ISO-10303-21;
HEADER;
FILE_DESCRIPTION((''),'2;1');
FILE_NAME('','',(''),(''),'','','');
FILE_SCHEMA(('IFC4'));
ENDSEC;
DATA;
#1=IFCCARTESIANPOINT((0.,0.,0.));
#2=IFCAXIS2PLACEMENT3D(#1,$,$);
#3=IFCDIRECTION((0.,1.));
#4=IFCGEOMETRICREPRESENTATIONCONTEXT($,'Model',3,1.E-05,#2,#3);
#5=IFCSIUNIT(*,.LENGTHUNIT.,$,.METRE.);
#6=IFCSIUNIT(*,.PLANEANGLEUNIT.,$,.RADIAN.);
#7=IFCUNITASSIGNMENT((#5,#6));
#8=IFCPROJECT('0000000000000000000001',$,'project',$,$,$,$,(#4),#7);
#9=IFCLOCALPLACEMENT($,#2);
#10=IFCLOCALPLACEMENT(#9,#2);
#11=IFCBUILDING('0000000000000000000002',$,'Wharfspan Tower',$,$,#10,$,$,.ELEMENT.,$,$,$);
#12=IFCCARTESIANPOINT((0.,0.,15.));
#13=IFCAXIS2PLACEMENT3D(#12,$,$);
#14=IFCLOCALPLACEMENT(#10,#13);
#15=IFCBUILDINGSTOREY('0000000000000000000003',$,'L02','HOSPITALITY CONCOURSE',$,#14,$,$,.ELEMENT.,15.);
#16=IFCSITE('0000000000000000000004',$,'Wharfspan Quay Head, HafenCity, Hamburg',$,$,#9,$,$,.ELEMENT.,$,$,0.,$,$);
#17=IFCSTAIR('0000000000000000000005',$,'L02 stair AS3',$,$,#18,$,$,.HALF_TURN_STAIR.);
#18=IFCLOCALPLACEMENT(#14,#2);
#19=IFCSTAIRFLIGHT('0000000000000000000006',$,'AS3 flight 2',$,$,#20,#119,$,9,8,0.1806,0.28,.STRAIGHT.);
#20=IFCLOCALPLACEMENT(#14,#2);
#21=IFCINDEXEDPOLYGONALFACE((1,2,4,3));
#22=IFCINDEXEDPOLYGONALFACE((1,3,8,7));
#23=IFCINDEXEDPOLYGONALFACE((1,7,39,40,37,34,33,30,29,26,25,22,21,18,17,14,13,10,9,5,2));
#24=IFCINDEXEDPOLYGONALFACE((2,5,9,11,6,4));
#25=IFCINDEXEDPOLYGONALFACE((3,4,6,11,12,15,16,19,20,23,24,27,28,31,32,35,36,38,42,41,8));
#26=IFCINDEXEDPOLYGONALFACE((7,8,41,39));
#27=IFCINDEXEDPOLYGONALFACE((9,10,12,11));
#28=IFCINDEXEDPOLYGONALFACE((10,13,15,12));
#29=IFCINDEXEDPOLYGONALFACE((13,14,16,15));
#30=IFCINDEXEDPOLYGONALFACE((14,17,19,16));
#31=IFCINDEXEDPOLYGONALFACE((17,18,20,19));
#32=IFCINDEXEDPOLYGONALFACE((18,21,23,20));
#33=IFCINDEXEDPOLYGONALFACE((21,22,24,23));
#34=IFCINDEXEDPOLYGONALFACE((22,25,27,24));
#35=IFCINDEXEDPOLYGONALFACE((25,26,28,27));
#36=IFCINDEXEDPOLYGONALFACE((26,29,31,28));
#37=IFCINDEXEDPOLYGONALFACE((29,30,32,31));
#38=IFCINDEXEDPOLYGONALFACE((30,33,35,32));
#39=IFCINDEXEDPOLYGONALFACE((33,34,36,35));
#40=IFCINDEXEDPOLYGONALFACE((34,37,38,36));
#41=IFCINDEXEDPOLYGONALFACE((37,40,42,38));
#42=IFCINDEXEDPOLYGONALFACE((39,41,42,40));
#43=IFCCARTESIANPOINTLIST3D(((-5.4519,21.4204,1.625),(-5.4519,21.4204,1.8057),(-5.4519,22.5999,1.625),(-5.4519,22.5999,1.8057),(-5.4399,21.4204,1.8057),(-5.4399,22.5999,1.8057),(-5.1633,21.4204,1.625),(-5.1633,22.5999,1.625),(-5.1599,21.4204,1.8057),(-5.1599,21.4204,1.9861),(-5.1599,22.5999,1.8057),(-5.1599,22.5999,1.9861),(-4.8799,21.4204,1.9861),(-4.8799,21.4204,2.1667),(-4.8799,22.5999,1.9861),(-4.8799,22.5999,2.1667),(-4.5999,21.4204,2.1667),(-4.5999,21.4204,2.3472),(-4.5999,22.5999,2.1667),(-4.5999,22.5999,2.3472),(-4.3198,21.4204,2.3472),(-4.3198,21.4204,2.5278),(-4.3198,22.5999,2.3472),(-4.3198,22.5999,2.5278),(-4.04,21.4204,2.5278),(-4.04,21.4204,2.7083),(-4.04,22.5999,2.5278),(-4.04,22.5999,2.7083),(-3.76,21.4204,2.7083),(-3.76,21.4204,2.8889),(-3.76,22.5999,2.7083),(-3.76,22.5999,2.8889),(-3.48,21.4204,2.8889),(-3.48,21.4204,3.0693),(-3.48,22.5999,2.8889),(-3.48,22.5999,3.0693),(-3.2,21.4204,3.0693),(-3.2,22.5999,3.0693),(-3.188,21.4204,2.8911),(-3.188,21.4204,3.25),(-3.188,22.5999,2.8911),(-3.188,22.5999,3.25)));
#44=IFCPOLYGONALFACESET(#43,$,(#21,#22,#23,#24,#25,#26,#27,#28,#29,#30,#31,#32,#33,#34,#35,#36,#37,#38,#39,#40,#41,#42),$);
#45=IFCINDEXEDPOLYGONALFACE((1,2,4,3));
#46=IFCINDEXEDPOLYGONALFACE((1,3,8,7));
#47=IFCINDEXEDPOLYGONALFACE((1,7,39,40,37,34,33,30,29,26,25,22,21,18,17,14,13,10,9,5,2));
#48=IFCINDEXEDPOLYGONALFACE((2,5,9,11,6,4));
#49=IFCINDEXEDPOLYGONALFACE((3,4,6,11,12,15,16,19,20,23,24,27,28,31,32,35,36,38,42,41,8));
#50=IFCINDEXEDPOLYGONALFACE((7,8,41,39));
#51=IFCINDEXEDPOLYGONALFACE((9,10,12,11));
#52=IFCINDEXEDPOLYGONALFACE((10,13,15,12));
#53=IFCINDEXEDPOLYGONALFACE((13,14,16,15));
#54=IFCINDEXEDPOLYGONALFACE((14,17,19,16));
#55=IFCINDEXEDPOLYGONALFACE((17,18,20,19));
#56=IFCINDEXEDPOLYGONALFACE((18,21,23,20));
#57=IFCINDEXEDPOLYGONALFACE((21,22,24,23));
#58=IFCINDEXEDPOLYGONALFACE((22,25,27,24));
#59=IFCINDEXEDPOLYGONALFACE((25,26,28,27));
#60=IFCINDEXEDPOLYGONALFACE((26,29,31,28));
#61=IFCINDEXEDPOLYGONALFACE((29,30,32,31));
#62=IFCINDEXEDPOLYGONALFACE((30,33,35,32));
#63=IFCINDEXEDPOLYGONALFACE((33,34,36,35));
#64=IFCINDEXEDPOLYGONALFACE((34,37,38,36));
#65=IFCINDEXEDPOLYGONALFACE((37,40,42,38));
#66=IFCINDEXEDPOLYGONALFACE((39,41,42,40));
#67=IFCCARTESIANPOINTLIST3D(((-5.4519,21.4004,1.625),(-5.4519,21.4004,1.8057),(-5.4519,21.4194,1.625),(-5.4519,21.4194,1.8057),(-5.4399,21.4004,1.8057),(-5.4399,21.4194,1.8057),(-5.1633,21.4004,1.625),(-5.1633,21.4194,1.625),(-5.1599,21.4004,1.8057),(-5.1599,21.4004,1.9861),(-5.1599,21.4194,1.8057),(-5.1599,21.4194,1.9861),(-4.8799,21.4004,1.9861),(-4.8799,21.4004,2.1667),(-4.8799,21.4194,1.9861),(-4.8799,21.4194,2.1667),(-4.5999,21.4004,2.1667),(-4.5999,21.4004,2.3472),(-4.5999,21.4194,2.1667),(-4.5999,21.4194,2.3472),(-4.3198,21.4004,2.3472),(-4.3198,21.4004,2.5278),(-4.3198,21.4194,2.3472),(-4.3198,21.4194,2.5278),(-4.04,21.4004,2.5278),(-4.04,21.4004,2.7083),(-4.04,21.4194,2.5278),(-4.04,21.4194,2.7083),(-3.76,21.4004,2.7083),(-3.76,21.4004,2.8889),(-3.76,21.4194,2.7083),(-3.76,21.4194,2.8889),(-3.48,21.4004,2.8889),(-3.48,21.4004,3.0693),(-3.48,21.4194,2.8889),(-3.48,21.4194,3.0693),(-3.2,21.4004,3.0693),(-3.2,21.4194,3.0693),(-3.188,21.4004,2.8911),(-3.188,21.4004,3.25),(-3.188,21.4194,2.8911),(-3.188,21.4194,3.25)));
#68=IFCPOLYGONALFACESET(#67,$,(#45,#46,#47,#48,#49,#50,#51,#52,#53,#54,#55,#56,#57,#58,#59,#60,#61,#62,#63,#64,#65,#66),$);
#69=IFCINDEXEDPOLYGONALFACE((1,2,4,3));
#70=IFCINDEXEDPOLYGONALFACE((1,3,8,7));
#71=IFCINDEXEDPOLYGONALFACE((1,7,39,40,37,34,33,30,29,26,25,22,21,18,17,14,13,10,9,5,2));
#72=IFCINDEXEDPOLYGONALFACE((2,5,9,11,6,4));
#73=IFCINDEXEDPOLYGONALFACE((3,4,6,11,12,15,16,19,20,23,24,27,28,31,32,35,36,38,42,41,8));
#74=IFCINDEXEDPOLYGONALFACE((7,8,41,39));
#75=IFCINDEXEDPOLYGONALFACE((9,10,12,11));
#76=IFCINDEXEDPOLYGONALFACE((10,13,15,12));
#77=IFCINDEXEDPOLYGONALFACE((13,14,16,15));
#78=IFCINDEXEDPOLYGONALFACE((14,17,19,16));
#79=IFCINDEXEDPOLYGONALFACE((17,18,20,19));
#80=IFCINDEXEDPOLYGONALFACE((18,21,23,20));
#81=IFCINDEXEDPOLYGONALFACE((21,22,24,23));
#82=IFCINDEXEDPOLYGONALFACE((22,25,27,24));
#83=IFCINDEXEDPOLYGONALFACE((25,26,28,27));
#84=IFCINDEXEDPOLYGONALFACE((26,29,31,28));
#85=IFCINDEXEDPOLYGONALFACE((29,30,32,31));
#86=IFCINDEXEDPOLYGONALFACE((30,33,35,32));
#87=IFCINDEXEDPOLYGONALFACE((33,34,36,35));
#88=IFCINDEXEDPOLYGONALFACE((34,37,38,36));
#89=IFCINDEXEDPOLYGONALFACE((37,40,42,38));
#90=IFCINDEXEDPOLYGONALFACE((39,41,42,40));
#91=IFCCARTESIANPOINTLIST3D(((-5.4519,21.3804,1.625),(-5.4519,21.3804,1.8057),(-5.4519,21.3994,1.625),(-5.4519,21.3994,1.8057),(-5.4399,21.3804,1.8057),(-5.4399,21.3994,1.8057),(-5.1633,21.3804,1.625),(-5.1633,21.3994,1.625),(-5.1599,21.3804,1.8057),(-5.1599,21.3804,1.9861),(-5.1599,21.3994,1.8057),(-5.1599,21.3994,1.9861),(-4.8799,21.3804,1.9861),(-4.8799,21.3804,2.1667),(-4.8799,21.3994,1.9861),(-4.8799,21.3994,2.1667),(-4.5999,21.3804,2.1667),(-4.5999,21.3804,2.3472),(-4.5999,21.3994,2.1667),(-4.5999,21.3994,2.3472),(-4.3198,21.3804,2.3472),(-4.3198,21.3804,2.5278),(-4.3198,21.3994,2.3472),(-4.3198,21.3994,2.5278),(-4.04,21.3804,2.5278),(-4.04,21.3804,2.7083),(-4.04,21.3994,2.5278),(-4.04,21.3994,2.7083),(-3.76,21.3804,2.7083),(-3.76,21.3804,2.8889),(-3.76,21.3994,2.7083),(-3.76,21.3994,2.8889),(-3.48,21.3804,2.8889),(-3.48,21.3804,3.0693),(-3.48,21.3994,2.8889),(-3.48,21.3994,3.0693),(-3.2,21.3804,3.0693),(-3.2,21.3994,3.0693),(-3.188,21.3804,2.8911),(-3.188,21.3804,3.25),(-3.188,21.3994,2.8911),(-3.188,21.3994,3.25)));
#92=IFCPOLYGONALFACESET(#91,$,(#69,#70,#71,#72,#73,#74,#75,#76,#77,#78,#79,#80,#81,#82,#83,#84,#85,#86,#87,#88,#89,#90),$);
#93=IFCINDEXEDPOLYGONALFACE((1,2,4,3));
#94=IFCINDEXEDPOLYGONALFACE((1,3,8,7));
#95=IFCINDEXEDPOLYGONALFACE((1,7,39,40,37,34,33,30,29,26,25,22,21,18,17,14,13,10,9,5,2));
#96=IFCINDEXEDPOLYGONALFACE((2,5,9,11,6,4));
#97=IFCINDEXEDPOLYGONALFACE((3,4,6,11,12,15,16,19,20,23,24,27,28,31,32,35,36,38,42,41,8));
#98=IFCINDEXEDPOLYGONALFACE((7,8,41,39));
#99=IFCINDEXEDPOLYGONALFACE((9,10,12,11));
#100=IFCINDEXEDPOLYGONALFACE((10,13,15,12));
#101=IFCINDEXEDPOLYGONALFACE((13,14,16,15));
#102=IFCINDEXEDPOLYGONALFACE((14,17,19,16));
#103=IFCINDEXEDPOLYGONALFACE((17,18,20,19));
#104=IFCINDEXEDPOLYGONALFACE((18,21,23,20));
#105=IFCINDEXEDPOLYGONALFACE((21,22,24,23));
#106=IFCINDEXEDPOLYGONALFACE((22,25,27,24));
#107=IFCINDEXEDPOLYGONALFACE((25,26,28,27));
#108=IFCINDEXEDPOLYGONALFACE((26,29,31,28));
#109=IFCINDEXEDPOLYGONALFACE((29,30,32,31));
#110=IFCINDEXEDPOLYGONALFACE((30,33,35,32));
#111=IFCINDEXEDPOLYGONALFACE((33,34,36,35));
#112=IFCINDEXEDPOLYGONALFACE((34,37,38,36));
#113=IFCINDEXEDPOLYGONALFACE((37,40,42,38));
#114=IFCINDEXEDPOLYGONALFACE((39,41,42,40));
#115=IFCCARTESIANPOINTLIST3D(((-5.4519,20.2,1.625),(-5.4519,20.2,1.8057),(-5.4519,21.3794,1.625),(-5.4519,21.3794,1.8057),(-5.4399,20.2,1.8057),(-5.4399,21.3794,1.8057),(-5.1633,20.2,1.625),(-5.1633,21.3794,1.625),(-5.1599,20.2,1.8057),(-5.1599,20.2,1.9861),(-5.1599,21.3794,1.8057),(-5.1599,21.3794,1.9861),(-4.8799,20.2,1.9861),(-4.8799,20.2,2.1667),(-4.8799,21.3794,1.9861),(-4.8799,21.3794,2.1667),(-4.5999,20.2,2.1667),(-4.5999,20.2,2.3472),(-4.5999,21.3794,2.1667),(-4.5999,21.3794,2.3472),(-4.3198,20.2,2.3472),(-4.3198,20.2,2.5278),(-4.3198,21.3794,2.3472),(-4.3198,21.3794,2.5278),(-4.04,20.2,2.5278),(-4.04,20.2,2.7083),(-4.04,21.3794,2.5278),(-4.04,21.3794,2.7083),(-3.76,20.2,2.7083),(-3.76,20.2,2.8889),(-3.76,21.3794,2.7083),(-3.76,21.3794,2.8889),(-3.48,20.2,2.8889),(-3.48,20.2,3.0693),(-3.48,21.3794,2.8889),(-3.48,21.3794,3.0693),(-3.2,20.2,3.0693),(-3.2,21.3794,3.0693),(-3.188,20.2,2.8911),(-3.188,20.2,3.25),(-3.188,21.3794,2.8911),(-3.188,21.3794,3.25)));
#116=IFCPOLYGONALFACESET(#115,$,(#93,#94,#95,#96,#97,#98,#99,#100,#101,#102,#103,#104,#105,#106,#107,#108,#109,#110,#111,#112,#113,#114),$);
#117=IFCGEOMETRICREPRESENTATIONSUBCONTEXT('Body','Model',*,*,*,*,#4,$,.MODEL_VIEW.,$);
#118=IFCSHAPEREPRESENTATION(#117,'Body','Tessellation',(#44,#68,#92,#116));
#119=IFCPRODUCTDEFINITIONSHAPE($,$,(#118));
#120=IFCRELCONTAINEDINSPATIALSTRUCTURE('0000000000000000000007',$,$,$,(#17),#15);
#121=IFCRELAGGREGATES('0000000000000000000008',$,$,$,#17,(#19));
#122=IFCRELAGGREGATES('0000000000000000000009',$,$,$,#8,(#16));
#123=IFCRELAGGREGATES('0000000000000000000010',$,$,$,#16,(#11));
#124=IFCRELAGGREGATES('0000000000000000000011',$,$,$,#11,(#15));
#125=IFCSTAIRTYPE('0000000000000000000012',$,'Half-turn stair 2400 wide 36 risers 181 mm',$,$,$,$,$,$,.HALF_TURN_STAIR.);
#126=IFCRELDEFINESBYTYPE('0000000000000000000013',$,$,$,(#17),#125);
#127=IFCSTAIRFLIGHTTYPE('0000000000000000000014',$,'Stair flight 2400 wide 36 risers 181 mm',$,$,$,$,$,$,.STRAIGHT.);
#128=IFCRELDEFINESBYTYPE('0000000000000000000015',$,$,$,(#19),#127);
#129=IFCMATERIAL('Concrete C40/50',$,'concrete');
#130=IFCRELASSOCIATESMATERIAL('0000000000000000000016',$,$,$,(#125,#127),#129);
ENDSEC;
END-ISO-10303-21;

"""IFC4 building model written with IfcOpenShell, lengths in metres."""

from ifc_helpers import new_model, si_unit, direction, frame, origin, place, context, subcontext, project, spatial, polyline, outline, extrude, material, type_object, element, aggregate, save


model = new_model("IFC4")

# Units and contexts
model_context = context("Model", 3, precision=1e-05, world=origin(), true_north=direction((0.0, 1.0)))
body_context = subcontext(model_context, "Body", "Model", "MODEL_VIEW")
ifc_project = project(units=[si_unit("LENGTHUNIT", "METRE"), si_unit("PLANEANGLEUNIT", "RADIAN")], contexts=[model_context])

# Site, building, storey
site_placement = place(None, origin())
site = spatial("IfcSite", under=ifc_project, at=site_placement, Name="Wharfspan Quay Head, HafenCity, Hamburg", CompositionType="ELEMENT", RefElevation=0.0)
building_placement = place(site_placement, origin())
building = spatial("IfcBuilding", under=site, at=building_placement, Name="Wharfspan Tower", CompositionType="ELEMENT")
storey_placement = place(building_placement, frame((0.0, 0.0, 15.0)))
storey = spatial("IfcBuildingStorey", under=building, at=storey_placement, Name="L02", Description="HOSPITALITY CONCOURSE", CompositionType="ELEMENT", Elevation=15.0)

# Stair, stair flight
ifc_material_1 = material(Name="Concrete C40/50", Category="concrete")
stair_type = type_object("IfcStairType", Name="Half-turn stair 2400 wide 36 risers 181 mm", PredefinedType="HALF_TURN_STAIR", material=ifc_material_1)
stair_1_placement = place(storey_placement, origin())
stair_1 = element("IfcStair", 1, at=stair_1_placement, inside=storey, type_object=stair_type, Name="L02 stair AS3", PredefinedType="HALF_TURN_STAIR")
stair_flight_type = type_object("IfcStairFlightType", Name="Stair flight 2400 wide 36 risers 181 mm", PredefinedType="STRAIGHT", material=ifc_material_1)
stair_flight_1_placement = place(storey_placement, frame((-5.4399, 21.3999, 1.625), z_axis=(0.0, 0.0, 1.0), x_axis=(1.0, 0.0, 0.0)))
stair_flight_1 = element("IfcStairFlight", 2, at=stair_flight_1_placement, type_object=stair_flight_type, Name="AS3 flight 2", NumberOfRisers=9, NumberOfTreads=8, PredefinedType="STRAIGHT", RiserHeight=0.1806, TreadLength=0.28, context=body_context, shape_type="SweptSolid", body=[
    extrude(outline(polyline([(-0.012, 0.0), (-0.012, 0.1807), (0.0, 0.1807), (0.28, 0.1807), (0.28, 0.3611), (0.5601, 0.3611), (0.5601, 0.5417), (0.8401, 0.5417), (0.8401, 0.7222), (1.1201, 0.7222), (1.1201, 0.9028), (1.3999, 0.9028), (1.3999, 1.0833), (1.6799, 1.0833), (1.6799, 1.2639), (1.96, 1.2639), (1.96, 1.4443), (2.24, 1.4443), (2.252, 1.625), (2.252, 1.2661), (0.2766, 0.0), (-0.012, 0.0)])), frame((0.0, 1.2, 0.0), z_axis=(0.0, -1.0, 0.0), x_axis=(1.0, 0.0, 0.0)), (0.0, 0.0, 1.0), 1.1794),
    extrude(outline(polyline([(-0.012, 0.0), (-0.012, 0.1807), (0.0, 0.1807), (0.28, 0.1807), (0.28, 0.3611), (0.5601, 0.3611), (0.5601, 0.5417), (0.8401, 0.5417), (0.8401, 0.7222), (1.1201, 0.7222), (1.1201, 0.9028), (1.3999, 0.9028), (1.3999, 1.0833), (1.6799, 1.0833), (1.6799, 1.2639), (1.96, 1.2639), (1.96, 1.4443), (2.24, 1.4443), (2.252, 1.625), (2.252, 1.2661), (0.2766, 0.0), (-0.012, 0.0)])), frame((0.0, 0.0195, 0.0), z_axis=(0.0, -1.0, 0.0), x_axis=(1.0, 0.0, 0.0)), (0.0, 0.0, 1.0), 0.019),
    extrude(outline(polyline([(-0.012, 0.0), (-0.012, 0.1807), (0.0, 0.1807), (0.28, 0.1807), (0.28, 0.3611), (0.5601, 0.3611), (0.5601, 0.5417), (0.8401, 0.5417), (0.8401, 0.7222), (1.1201, 0.7222), (1.1201, 0.9028), (1.3999, 0.9028), (1.3999, 1.0833), (1.6799, 1.0833), (1.6799, 1.2639), (1.96, 1.2639), (1.96, 1.4443), (2.24, 1.4443), (2.252, 1.625), (2.252, 1.2661), (0.2766, 0.0), (-0.012, 0.0)])), frame((0.0, -0.0005, 0.0), z_axis=(0.0, -1.0, 0.0), x_axis=(1.0, 0.0, 0.0)), (0.0, 0.0, 1.0), 0.019),
    extrude(outline(polyline([(-0.012, 0.0), (-0.012, 0.1807), (0.0, 0.1807), (0.28, 0.1807), (0.28, 0.3611), (0.5601, 0.3611), (0.5601, 0.5417), (0.8401, 0.5417), (0.8401, 0.7222), (1.1201, 0.7222), (1.1201, 0.9028), (1.3999, 0.9028), (1.3999, 1.0833), (1.6799, 1.0833), (1.6799, 1.2639), (1.96, 1.2639), (1.96, 1.4443), (2.24, 1.4443), (2.252, 1.625), (2.252, 1.2661), (0.2766, 0.0), (-0.012, 0.0)])), frame((0.0, -0.0205, 0.0), z_axis=(0.0, -1.0, 0.0), x_axis=(1.0, 0.0, 0.0)), (0.0, 0.0, 1.0), 1.1794),
])
aggregate(stair_1, [stair_flight_1])

save(model, "model.ifc")
